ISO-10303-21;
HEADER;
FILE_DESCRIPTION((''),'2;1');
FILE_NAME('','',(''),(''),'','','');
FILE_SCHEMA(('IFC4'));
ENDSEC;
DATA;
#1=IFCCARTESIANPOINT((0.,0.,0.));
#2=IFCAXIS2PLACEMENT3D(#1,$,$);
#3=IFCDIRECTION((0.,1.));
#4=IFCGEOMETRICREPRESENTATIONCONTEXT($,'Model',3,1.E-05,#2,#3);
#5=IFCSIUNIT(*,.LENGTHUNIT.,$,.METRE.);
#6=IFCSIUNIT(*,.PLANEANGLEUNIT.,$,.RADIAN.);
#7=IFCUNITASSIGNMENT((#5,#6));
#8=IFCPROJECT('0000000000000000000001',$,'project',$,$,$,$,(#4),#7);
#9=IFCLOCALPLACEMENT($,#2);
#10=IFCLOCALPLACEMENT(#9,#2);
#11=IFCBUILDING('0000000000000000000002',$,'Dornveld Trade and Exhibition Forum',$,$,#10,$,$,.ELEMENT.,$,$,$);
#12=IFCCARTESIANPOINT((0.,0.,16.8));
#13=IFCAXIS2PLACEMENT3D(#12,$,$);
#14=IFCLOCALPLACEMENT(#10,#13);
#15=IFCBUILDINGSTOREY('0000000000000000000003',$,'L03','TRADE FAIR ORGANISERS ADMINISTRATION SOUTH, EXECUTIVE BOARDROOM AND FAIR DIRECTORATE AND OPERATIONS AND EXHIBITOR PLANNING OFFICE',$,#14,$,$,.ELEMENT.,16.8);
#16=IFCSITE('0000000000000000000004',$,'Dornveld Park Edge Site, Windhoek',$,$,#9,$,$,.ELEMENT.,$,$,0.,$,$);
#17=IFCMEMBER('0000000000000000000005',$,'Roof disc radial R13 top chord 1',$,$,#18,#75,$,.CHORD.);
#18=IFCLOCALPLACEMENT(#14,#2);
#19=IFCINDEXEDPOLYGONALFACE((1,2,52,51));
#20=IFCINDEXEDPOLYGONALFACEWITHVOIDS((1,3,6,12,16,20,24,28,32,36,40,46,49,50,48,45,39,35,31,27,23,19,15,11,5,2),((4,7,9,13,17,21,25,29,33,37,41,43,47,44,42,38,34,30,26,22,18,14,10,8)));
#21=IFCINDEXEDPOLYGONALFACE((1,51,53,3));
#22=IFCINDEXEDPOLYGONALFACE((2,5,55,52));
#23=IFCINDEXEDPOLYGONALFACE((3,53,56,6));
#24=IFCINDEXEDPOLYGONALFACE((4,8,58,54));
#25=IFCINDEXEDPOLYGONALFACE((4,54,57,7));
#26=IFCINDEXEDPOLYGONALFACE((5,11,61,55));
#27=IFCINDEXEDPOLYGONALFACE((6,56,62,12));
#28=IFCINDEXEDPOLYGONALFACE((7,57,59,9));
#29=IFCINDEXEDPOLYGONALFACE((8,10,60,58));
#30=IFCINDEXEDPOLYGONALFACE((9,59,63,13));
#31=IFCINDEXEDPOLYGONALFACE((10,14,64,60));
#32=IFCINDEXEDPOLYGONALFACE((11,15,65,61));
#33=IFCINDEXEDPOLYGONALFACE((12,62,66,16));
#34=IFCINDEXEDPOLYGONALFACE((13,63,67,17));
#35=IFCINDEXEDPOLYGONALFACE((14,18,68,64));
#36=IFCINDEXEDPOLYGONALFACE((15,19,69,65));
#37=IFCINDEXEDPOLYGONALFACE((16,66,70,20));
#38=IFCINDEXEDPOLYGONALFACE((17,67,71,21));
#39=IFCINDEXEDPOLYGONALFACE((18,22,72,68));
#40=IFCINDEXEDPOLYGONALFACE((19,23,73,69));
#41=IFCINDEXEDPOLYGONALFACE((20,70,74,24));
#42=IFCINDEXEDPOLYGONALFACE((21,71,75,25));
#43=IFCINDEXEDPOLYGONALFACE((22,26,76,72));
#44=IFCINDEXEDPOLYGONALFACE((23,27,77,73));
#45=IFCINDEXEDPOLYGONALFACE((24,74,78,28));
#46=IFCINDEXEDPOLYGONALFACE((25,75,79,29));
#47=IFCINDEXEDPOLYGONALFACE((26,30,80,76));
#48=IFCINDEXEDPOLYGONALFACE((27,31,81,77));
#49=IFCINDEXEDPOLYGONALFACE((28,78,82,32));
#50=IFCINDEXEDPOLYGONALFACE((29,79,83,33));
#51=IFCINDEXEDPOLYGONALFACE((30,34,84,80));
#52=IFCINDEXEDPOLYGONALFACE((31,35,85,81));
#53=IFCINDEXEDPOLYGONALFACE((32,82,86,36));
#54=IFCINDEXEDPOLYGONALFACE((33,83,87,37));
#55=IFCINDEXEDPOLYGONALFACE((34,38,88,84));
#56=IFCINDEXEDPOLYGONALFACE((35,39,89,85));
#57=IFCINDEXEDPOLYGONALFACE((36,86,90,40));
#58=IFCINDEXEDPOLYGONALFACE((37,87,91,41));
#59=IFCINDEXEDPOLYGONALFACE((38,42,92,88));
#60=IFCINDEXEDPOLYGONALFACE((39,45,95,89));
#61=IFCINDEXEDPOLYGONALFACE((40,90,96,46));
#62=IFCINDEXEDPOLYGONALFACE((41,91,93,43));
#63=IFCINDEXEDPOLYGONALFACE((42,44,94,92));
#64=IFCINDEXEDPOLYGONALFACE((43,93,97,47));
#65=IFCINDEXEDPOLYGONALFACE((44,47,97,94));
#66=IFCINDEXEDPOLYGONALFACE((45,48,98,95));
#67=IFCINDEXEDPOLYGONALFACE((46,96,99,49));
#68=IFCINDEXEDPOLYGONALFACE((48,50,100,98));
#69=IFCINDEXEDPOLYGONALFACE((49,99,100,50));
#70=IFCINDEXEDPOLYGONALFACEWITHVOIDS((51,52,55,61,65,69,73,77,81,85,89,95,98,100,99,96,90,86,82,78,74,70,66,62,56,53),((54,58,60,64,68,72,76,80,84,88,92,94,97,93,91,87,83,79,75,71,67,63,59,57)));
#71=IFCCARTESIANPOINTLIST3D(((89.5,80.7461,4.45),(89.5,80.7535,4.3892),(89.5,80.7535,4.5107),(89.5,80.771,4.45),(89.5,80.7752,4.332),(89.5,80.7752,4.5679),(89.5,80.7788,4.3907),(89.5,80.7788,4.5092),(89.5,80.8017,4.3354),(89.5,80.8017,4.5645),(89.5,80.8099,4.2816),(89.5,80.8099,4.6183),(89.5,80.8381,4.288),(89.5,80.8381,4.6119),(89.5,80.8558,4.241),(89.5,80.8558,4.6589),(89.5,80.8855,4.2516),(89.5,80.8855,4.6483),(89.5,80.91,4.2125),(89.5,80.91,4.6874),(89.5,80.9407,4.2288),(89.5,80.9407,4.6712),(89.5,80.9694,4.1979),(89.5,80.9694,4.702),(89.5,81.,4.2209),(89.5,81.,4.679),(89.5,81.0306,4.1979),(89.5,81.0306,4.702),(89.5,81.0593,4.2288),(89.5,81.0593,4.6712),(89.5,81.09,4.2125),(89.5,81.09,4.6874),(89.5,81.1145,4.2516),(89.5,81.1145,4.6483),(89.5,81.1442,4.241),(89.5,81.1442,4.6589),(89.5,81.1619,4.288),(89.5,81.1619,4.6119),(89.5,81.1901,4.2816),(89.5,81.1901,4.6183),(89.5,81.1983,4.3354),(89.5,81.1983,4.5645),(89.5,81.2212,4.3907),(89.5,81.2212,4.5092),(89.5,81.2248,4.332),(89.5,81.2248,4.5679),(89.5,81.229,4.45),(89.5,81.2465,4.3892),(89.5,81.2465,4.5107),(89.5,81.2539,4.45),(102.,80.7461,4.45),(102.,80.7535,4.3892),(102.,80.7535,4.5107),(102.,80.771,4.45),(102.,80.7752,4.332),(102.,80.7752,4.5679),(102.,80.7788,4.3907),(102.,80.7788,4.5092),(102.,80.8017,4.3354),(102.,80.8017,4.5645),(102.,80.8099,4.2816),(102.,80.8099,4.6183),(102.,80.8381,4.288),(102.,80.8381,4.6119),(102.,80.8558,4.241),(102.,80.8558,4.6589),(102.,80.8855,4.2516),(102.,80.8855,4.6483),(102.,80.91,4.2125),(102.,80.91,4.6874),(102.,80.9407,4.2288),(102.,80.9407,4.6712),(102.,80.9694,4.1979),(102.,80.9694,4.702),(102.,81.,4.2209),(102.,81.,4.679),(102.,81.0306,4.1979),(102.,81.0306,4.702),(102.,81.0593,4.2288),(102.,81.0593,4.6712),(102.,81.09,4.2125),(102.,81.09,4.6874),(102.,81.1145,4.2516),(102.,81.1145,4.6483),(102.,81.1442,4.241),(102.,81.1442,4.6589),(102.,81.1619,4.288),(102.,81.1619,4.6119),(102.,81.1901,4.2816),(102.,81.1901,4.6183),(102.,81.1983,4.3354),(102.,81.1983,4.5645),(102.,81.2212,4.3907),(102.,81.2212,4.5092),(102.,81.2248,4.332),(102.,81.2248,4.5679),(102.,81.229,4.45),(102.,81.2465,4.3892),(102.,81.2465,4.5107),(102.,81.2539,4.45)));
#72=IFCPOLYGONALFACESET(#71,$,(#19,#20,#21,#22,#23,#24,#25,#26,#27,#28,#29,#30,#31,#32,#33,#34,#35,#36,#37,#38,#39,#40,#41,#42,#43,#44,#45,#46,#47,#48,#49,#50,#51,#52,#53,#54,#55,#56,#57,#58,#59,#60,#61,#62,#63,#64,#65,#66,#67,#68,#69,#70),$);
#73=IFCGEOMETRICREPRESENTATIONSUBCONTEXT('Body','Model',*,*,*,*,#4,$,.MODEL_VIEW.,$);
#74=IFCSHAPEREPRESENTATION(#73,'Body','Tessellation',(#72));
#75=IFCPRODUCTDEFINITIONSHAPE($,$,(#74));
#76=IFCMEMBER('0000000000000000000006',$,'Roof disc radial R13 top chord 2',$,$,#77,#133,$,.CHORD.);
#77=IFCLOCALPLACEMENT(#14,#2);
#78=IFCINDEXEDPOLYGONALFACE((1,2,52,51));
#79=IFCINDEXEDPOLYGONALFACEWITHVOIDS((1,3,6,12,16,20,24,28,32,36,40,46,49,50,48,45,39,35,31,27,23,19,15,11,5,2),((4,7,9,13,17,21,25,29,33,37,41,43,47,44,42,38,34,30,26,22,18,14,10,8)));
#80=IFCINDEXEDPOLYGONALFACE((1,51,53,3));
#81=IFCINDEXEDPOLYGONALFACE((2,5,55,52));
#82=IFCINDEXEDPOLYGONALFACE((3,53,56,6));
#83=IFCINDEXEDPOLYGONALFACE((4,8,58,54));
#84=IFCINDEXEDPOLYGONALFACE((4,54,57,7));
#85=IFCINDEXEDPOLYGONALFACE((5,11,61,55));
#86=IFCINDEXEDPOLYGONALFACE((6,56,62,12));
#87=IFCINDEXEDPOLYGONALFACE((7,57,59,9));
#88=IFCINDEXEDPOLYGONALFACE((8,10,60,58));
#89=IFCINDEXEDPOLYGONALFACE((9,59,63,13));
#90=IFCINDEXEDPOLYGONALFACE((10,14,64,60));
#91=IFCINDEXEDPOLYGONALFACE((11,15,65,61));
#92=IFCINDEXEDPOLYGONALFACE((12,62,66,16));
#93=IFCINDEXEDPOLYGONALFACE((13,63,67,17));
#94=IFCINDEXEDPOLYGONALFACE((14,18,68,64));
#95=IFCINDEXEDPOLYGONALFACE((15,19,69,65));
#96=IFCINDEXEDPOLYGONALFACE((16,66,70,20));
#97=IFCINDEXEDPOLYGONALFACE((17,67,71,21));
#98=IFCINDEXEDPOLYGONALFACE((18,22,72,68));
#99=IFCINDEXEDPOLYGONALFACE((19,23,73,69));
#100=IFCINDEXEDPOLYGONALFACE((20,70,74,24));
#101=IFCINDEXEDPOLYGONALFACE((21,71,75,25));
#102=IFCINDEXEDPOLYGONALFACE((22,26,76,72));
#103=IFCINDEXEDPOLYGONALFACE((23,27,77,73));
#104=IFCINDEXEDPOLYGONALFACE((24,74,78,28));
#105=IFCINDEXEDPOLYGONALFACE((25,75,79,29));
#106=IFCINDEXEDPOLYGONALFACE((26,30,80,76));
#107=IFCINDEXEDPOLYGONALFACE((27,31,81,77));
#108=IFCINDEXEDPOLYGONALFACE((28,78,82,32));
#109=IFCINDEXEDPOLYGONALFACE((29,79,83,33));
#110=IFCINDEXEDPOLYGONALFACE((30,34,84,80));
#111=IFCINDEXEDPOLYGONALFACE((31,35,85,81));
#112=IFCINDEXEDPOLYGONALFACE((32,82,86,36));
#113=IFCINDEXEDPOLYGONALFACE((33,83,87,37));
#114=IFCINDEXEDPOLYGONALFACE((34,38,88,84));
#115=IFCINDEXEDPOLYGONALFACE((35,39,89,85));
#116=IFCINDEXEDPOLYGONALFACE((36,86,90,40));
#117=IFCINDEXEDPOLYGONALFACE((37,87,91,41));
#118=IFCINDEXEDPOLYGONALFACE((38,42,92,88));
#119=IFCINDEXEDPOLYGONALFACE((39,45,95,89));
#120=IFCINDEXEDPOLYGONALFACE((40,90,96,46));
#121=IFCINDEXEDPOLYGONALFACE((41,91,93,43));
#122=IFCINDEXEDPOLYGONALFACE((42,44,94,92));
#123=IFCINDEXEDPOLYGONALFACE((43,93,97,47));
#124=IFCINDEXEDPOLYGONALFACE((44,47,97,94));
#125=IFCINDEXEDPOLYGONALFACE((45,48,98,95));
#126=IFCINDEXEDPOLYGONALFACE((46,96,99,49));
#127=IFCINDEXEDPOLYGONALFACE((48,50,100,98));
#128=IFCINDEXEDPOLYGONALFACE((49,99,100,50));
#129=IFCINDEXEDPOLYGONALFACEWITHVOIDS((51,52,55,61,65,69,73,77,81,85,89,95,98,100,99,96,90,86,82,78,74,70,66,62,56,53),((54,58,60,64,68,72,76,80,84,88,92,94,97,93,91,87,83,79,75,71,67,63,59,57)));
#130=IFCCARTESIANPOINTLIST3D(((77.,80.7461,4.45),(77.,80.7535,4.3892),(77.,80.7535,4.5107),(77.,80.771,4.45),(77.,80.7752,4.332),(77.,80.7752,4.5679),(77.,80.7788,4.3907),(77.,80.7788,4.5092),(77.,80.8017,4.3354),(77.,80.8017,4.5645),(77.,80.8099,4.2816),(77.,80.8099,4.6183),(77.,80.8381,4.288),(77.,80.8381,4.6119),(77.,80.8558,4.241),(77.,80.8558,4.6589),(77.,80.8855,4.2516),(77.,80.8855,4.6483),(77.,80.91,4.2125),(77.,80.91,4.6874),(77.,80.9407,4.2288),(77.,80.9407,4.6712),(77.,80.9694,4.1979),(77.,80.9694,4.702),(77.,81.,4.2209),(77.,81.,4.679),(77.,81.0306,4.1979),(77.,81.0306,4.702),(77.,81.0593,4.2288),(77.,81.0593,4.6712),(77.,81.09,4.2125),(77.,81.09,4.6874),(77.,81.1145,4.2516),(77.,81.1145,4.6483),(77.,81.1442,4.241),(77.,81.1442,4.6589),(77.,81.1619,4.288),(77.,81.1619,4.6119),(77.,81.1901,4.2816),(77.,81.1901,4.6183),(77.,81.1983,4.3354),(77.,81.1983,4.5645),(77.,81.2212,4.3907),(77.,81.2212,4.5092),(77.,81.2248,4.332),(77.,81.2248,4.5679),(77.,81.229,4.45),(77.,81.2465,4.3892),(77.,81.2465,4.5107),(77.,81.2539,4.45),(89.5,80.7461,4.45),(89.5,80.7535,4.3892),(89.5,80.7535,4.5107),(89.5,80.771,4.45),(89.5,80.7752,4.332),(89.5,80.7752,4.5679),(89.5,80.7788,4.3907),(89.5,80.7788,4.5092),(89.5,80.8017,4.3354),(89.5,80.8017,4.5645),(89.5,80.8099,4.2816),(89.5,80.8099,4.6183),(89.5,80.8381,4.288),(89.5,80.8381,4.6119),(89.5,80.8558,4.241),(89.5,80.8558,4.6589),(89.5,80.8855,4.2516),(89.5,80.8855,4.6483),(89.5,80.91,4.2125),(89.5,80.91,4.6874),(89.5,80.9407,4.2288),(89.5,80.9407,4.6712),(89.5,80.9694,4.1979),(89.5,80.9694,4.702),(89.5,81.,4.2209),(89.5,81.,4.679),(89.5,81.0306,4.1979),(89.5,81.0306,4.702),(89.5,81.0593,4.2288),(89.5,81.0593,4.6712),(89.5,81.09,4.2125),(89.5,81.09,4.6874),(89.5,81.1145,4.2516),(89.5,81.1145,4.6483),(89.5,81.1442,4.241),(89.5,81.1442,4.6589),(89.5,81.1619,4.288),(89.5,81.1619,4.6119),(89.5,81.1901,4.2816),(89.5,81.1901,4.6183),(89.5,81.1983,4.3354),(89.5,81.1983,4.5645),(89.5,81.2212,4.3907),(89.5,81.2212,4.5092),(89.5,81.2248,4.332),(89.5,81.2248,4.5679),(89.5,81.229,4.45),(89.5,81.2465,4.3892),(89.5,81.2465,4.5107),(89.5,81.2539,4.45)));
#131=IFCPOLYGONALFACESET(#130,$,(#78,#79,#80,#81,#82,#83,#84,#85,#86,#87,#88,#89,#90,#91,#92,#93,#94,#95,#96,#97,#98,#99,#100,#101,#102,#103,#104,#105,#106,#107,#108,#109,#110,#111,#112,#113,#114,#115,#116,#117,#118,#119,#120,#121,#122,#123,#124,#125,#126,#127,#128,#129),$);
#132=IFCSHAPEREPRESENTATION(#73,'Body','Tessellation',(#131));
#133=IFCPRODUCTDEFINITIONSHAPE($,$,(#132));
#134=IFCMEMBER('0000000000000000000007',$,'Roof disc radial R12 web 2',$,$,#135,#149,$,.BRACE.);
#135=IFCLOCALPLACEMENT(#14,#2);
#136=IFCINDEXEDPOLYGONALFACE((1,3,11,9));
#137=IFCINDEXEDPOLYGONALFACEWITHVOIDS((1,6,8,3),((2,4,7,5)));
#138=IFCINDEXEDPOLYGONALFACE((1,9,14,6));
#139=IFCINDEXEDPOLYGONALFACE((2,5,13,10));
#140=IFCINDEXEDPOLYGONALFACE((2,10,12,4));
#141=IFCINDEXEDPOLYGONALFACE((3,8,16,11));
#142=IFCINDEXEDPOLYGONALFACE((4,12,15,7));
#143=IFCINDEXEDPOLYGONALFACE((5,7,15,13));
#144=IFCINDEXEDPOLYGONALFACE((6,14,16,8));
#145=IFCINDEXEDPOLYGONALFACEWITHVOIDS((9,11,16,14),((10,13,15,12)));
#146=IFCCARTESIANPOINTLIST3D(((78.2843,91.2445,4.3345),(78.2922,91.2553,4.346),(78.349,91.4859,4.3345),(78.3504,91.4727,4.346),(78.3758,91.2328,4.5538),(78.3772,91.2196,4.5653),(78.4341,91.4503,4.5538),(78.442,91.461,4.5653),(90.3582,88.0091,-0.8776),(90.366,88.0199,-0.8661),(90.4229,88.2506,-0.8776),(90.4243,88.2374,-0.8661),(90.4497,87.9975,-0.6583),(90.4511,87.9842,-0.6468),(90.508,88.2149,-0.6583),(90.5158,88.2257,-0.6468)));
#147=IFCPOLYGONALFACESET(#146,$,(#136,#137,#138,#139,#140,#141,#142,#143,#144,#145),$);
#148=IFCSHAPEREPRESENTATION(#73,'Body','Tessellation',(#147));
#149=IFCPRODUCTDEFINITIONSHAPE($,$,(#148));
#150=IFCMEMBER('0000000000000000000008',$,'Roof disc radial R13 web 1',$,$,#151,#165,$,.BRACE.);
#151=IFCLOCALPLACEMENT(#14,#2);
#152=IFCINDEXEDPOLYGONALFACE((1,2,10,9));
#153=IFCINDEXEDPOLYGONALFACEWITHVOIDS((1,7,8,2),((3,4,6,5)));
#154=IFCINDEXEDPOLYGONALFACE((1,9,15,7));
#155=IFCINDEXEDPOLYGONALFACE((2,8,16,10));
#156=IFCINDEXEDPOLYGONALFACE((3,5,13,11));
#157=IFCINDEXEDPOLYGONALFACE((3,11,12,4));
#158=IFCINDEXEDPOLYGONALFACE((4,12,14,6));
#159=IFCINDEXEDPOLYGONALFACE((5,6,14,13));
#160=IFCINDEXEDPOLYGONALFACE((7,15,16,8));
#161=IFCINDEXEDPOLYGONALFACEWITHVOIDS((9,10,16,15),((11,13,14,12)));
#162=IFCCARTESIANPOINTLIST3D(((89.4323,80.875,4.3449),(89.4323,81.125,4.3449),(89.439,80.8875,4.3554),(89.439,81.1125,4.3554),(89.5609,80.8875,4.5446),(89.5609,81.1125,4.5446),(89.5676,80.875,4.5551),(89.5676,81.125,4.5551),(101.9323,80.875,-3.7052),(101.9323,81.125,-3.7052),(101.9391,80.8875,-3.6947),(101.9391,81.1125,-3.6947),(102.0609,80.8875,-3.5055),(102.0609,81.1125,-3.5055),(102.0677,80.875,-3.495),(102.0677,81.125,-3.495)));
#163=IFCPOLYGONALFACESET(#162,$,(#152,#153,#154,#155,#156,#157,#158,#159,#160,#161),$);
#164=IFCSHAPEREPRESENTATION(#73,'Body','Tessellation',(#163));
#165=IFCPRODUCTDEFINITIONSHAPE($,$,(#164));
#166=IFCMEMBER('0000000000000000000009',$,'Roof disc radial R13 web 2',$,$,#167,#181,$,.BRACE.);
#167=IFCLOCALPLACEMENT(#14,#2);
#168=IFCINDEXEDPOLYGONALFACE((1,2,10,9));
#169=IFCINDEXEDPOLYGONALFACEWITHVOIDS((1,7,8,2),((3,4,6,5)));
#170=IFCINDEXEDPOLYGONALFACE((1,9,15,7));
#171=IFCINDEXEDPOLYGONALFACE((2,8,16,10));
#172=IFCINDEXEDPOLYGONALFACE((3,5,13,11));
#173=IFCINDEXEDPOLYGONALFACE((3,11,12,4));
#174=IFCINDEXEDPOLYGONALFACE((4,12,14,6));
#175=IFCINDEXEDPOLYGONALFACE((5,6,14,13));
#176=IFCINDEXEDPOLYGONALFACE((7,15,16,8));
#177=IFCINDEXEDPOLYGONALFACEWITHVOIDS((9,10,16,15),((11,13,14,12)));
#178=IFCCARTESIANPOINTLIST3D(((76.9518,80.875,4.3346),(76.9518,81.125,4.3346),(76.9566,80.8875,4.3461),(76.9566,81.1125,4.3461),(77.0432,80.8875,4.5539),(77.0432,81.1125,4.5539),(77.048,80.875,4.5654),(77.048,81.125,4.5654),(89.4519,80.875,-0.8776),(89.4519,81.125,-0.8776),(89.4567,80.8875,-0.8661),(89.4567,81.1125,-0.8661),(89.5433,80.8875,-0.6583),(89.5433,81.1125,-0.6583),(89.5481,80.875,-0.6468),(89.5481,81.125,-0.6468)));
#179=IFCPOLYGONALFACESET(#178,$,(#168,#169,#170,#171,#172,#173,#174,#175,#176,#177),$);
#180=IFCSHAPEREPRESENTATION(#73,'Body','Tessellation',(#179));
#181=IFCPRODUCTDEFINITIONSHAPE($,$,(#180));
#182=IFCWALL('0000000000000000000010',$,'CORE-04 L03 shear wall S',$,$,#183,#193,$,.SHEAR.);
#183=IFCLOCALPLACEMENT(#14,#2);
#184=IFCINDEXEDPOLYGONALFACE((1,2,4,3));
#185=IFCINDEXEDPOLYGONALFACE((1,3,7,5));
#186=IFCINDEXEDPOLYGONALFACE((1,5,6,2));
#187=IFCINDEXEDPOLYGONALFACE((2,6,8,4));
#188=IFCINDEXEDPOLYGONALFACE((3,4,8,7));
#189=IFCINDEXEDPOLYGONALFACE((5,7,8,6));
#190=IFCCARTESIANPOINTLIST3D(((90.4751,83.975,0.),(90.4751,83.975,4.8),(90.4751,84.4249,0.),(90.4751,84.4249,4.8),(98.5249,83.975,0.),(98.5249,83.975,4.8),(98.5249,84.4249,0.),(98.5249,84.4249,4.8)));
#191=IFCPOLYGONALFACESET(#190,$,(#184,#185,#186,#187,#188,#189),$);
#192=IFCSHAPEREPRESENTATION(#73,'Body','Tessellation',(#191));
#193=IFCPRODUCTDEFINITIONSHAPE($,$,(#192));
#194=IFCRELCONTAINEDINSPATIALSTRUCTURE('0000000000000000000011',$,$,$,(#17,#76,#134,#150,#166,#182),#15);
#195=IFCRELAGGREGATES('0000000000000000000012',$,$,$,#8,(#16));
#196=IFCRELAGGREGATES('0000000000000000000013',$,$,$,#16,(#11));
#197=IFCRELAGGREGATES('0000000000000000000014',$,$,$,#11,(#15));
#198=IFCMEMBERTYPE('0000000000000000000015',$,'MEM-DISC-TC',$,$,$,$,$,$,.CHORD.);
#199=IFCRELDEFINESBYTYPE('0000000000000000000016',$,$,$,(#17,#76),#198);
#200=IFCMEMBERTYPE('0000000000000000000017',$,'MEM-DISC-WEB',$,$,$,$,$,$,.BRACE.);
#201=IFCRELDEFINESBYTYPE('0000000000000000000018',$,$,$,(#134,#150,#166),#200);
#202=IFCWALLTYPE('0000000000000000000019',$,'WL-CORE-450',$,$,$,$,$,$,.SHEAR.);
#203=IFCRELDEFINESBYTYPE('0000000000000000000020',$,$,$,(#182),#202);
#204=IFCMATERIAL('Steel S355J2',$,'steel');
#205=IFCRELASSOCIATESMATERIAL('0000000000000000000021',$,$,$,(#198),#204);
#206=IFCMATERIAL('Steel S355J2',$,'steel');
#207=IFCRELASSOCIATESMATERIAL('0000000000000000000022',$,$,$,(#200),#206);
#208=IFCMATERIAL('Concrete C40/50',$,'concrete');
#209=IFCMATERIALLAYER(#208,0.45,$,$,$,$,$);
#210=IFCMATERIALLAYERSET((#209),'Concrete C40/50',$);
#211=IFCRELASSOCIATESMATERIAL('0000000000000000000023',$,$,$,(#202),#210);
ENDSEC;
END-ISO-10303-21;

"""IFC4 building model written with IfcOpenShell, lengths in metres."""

from ifc_helpers import new_model, si_unit, direction, frame, frame_2d, origin, origin_2d, place, context, subcontext, project, spatial, rectangle, hollow_rectangle, hollow_circle, extrude, material, layer, layer_set, material_profile, profile_set, type_object, element, save


model = new_model("IFC4")

# Units and contexts
model_context = context("Model", 3, precision=1e-05, world=origin(), true_north=direction((0.0, 1.0)))
body_context = subcontext(model_context, "Body", "Model", "MODEL_VIEW")
ifc_project = project(units=[si_unit("LENGTHUNIT", "METRE"), si_unit("PLANEANGLEUNIT", "RADIAN")], contexts=[model_context])

# Site, building, storey
site_placement = place(None, origin())
site = spatial("IfcSite", under=ifc_project, at=site_placement, Name="Dornveld Park Edge Site, Windhoek", CompositionType="ELEMENT", RefElevation=0.0)
building_placement = place(site_placement, origin())
building = spatial("IfcBuilding", under=site, at=building_placement, Name="Dornveld Trade and Exhibition Forum", CompositionType="ELEMENT")
storey_placement = place(building_placement, frame((0.0, 0.0, 16.8)))
storey = spatial("IfcBuildingStorey", under=building, at=storey_placement, Name="L03", Description="TRADE FAIR ORGANISERS ADMINISTRATION SOUTH, EXECUTIVE BOARDROOM AND FAIR DIRECTORATE AND OPERATIONS AND EXHIBITOR PLANNING OFFICE", CompositionType="ELEMENT", Elevation=16.8)

# Members
ifc_material_1 = material(Name="Steel S355J2", Category="steel")
ifc_material_profile_1 = material_profile(ifc_material_1, hollow_circle(Radius=0.2539, WallThickness=0.0249, at=origin_2d()), Name="CHS 508x25")
ifc_profile_set_1 = profile_set([ifc_material_profile_1], Name="Steel S355J2")
member_type_1 = type_object("IfcMemberType", Name="MEM-DISC-TC", PredefinedType="CHORD", material=ifc_profile_set_1)
for number, where, z_axis, x_axis, name in (
    (1, (102.0, 81.0, 4.45), (-1.0, 0.0, 0.0), (0.0, -1.0, 0.0), "Roof disc radial R13 top chord 1"),
    (2, (89.5, 81.0, 4.45), (-1.0, 0.0, 0.0), (0.0, -1.0, 0.0), "Roof disc radial R13 top chord 2"),
):
    element("IfcMember", number, at=place(storey_placement, frame(where, z_axis=z_axis, x_axis=x_axis)), inside=storey, type_object=member_type_1, Name=name, PredefinedType="CHORD", context=body_context, shape_type="SweptSolid", body=[
        extrude(hollow_circle(Radius=0.2539, WallThickness=0.0249, at=origin_2d()), origin(), (0.0, 0.0, 1.0), 12.5),
    ])
ifc_material_2 = material(Name="Steel S355J2", Category="steel")
ifc_material_profile_2 = material_profile(ifc_material_2, hollow_rectangle(XDim=0.25, YDim=0.25, WallThickness=0.0125, at=origin_2d()), Name="SHS 250x250x12.5")
ifc_profile_set_2 = profile_set([ifc_material_profile_2], Name="Steel S355J2")
member_type_2 = type_object("IfcMemberType", Name="MEM-DISC-WEB", PredefinedType="BRACE", material=ifc_profile_set_2)
member_1_placement = place(storey_placement, frame((90.437, 88.1174, -0.7622), z_axis=(-0.891524, 0.238893, 0.384858), x_axis=(-0.258829, -0.965923, 0.0)))
element("IfcMember", 3, at=member_1_placement, inside=storey, type_object=member_type_2, Name="Roof disc radial R12 web 2", PredefinedType="BRACE", context=body_context, shape_type="SweptSolid", body=[
    extrude(hollow_rectangle(XDim=0.25, YDim=0.25, WallThickness=0.0125, at=origin_2d()), origin(), (0.0, 0.0, 1.0), 13.543),
])
member_2_placement = place(storey_placement, frame((102.0, 81.0, -3.6001), z_axis=(-0.84074, 0.0, 0.54144), x_axis=(0.0, -1.0, 0.0)))
element("IfcMember", 4, at=member_2_placement, inside=storey, type_object=member_type_2, Name="Roof disc radial R13 web 1", PredefinedType="BRACE", context=body_context, shape_type="SweptSolid", body=[
    extrude(hollow_rectangle(XDim=0.25, YDim=0.25, WallThickness=0.0125, at=origin_2d()), origin(), (0.0, 0.0, 1.0), 14.8679),
])
member_3_placement = place(storey_placement, frame((89.5, 81.0, -0.7622), z_axis=(-0.922977, 0.0, 0.384856), x_axis=(0.0, -1.0, 0.0)))
element("IfcMember", 5, at=member_3_placement, inside=storey, type_object=member_type_2, Name="Roof disc radial R13 web 2", PredefinedType="BRACE", context=body_context, shape_type="SweptSolid", body=[
    extrude(hollow_rectangle(XDim=0.25, YDim=0.25, WallThickness=0.0125, at=origin_2d()), origin(), (0.0, 0.0, 1.0), 13.5432),
])

# Wall
ifc_material_3 = material(Name="Concrete C40/50", Category="concrete")
ifc_layer_1 = layer(ifc_material_3, 0.45)
ifc_layer_set_1 = layer_set([ifc_layer_1], Name="Concrete C40/50")
wall_type_1 = type_object("IfcWallType", Name="WL-CORE-450", PredefinedType="SHEAR", material=ifc_layer_set_1)
wall_1_placement = place(storey_placement, frame((90.4751, 84.2, 0.0), z_axis=(0.0, 0.0, 1.0), x_axis=(1.0, 0.0, 0.0)))
element("IfcWall", 6, at=wall_1_placement, inside=storey, type_object=wall_type_1, Name="CORE-04 L03 shear wall S", PredefinedType="SHEAR", context=body_context, shape_type="SweptSolid", body=[
    extrude(rectangle(XDim=8.0498, YDim=0.45, at=frame_2d((4.0249, 0.0))), origin(), (0.0, 0.0, 1.0), 4.8),
])

save(model, "model.ifc")
